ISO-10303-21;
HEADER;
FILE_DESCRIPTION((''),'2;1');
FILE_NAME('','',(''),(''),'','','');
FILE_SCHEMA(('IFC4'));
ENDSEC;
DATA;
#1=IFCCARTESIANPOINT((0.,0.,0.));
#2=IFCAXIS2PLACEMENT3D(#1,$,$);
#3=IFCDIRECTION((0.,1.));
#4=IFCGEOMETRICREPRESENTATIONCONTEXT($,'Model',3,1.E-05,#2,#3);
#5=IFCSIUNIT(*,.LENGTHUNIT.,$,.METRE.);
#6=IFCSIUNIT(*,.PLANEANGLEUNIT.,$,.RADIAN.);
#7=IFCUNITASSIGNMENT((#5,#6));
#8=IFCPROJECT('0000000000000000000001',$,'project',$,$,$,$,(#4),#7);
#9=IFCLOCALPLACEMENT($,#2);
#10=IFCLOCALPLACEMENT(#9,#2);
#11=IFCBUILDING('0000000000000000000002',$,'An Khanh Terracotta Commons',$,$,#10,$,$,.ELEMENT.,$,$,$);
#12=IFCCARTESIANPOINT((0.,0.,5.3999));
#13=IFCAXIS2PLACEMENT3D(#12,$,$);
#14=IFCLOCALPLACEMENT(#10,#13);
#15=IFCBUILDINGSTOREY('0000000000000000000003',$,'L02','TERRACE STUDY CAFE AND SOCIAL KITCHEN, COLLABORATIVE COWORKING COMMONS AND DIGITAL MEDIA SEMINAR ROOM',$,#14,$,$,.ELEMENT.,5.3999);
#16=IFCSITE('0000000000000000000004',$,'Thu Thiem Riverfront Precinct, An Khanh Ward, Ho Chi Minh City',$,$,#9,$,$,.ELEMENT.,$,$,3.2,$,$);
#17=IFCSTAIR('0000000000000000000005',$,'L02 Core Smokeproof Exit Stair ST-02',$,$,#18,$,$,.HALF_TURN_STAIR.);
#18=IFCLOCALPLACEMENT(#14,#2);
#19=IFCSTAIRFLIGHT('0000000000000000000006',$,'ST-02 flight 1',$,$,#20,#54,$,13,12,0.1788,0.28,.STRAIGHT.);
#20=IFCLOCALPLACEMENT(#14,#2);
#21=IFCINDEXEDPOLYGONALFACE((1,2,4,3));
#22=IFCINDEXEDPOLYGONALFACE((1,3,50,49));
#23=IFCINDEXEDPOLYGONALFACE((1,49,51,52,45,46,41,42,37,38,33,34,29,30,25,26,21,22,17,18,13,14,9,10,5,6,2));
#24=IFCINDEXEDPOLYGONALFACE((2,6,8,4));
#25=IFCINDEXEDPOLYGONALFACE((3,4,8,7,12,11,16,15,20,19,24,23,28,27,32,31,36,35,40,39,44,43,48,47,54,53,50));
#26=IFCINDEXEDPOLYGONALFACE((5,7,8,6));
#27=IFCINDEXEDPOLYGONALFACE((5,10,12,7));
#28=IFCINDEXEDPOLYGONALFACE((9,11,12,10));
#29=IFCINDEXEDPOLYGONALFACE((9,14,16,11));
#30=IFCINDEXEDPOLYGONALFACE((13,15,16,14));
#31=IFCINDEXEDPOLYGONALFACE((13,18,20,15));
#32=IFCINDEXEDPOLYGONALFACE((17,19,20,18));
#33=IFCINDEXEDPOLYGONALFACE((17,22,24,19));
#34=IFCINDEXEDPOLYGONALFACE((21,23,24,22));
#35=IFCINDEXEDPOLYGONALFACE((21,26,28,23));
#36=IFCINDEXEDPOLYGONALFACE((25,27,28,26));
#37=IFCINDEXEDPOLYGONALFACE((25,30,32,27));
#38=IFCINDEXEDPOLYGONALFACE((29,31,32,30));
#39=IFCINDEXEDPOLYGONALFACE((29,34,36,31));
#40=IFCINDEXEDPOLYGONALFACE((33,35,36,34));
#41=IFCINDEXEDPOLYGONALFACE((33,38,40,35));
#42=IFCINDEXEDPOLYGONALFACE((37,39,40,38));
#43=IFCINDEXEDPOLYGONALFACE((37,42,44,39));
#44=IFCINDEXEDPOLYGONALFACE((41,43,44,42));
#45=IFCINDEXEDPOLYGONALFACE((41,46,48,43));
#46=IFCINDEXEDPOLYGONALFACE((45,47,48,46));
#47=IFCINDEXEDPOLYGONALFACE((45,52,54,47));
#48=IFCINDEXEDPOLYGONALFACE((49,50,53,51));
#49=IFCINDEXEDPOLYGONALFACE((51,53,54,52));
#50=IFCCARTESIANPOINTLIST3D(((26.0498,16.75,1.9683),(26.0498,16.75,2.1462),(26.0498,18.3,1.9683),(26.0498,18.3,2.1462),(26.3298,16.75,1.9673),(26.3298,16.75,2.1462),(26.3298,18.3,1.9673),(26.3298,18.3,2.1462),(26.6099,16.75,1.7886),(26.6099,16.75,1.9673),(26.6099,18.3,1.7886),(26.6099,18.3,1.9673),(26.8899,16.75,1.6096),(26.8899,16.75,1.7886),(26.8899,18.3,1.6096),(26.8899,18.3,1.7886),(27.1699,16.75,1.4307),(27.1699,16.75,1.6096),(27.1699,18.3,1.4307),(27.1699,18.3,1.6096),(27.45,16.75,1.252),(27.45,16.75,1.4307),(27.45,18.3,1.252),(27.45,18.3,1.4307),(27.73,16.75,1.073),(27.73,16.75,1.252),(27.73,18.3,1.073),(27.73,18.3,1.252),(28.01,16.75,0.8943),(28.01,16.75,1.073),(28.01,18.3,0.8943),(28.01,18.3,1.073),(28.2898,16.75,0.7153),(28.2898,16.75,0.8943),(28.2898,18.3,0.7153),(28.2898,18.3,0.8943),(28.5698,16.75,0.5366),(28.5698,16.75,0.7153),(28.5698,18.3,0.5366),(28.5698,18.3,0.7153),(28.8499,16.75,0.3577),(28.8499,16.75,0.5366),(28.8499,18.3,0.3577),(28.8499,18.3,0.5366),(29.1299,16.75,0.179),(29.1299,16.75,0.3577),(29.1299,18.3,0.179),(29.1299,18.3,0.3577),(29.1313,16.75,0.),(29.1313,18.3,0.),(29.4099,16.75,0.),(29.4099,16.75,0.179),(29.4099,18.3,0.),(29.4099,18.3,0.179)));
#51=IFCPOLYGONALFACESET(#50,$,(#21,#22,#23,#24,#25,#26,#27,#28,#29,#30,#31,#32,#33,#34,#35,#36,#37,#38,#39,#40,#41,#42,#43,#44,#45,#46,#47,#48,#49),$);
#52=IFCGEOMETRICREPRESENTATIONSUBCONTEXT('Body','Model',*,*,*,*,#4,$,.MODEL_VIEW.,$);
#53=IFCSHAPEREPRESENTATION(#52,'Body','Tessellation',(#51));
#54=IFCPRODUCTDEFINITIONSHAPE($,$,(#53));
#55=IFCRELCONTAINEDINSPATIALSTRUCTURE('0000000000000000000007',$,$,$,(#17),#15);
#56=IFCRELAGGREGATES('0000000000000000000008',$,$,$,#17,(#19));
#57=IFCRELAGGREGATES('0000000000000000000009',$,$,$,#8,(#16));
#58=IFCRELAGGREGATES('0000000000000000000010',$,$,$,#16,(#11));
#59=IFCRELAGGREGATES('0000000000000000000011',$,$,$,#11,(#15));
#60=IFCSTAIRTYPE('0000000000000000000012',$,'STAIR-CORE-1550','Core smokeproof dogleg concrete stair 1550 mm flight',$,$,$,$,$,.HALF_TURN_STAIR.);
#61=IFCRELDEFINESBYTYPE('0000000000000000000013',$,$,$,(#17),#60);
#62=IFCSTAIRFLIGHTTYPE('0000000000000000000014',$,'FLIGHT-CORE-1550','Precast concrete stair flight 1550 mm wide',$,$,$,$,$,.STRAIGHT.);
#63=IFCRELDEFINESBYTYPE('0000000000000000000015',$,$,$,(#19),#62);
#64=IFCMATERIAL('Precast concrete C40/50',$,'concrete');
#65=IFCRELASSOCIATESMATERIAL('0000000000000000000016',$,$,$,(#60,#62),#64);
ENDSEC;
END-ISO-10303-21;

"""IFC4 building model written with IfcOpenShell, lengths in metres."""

from ifc_helpers import new_model, si_unit, direction, frame, origin, place, context, subcontext, project, spatial, polyline, outline, extrude, material, type_object, element, aggregate, save


model = new_model("IFC4")

# Units and contexts
model_context = context("Model", 3, precision=1e-05, world=origin(), true_north=direction((0.0, 1.0)))
body_context = subcontext(model_context, "Body", "Model", "MODEL_VIEW")
ifc_project = project(units=[si_unit("LENGTHUNIT", "METRE"), si_unit("PLANEANGLEUNIT", "RADIAN")], contexts=[model_context])

# Site, building, storey
site_placement = place(None, origin())
site = spatial("IfcSite", under=ifc_project, at=site_placement, Name="Thu Thiem Riverfront Precinct, An Khanh Ward, Ho Chi Minh City", CompositionType="ELEMENT", RefElevation=3.2)
building_placement = place(site_placement, origin())
building = spatial("IfcBuilding", under=site, at=building_placement, Name="An Khanh Terracotta Commons", CompositionType="ELEMENT")
storey_placement = place(building_placement, frame((0.0, 0.0, 5.3999)))
storey = spatial("IfcBuildingStorey", under=building, at=storey_placement, Name="L02", Description="TERRACE STUDY CAFE AND SOCIAL KITCHEN, COLLABORATIVE COWORKING COMMONS AND DIGITAL MEDIA SEMINAR ROOM", CompositionType="ELEMENT", Elevation=5.3999)

# Stair, stair flight
ifc_material_1 = material(Name="Precast concrete C40/50", Category="concrete")
stair_type = type_object("IfcStairType", Name="STAIR-CORE-1550", Description="Core smokeproof dogleg concrete stair 1550 mm flight", PredefinedType="HALF_TURN_STAIR", material=ifc_material_1)
stair_placement = place(storey_placement, origin())
stair = element("IfcStair", 1, at=stair_placement, inside=storey, type_object=stair_type, Name="L02 Core Smokeproof Exit Stair ST-02", PredefinedType="HALF_TURN_STAIR")
stair_flight_type = type_object("IfcStairFlightType", Name="FLIGHT-CORE-1550", Description="Precast concrete stair flight 1550 mm wide", PredefinedType="STRAIGHT", material=ifc_material_1)
stair_flight_placement = place(storey_placement, frame((29.4099, 17.5249, 0.0), z_axis=(0.0, 0.0, 1.0), x_axis=(-1.0, 0.0, 0.0)))
stair_flight = element("IfcStairFlight", 2, at=stair_flight_placement, type_object=stair_flight_type, Name="ST-02 flight 1", NumberOfRisers=13, NumberOfTreads=12, PredefinedType="STRAIGHT", RiserHeight=0.1788, TreadLength=0.28, context=body_context, shape_type="SweptSolid", body=[
    extrude(outline(polyline([(0.0, 0.0), (0.0, 0.179), (0.28, 0.179), (0.28, 0.3577), (0.5601, 0.3577), (0.5601, 0.5366), (0.8401, 0.5366), (0.8401, 0.7153), (1.1201, 0.7153), (1.1201, 0.8943), (1.3999, 0.8943), (1.3999, 1.073), (1.6799, 1.073), (1.6799, 1.252), (1.96, 1.252), (1.96, 1.4307), (2.24, 1.4307), (2.24, 1.6096), (2.52, 1.6096), (2.52, 1.7886), (2.8, 1.7886), (2.8, 1.9673), (3.0801, 1.9673), (3.0801, 2.1462), (3.3601, 2.1462), (3.3601, 2.325), (3.3601, 1.9683), (0.2786, 0.0), (0.0, 0.0)])), frame((0.0, 0.7749, 0.0), z_axis=(0.0, -1.0, 0.0), x_axis=(1.0, 0.0, 0.0)), (0.0, 0.0, 1.0), 1.55),
])
aggregate(stair, [stair_flight])

save(model, "model.ifc")
